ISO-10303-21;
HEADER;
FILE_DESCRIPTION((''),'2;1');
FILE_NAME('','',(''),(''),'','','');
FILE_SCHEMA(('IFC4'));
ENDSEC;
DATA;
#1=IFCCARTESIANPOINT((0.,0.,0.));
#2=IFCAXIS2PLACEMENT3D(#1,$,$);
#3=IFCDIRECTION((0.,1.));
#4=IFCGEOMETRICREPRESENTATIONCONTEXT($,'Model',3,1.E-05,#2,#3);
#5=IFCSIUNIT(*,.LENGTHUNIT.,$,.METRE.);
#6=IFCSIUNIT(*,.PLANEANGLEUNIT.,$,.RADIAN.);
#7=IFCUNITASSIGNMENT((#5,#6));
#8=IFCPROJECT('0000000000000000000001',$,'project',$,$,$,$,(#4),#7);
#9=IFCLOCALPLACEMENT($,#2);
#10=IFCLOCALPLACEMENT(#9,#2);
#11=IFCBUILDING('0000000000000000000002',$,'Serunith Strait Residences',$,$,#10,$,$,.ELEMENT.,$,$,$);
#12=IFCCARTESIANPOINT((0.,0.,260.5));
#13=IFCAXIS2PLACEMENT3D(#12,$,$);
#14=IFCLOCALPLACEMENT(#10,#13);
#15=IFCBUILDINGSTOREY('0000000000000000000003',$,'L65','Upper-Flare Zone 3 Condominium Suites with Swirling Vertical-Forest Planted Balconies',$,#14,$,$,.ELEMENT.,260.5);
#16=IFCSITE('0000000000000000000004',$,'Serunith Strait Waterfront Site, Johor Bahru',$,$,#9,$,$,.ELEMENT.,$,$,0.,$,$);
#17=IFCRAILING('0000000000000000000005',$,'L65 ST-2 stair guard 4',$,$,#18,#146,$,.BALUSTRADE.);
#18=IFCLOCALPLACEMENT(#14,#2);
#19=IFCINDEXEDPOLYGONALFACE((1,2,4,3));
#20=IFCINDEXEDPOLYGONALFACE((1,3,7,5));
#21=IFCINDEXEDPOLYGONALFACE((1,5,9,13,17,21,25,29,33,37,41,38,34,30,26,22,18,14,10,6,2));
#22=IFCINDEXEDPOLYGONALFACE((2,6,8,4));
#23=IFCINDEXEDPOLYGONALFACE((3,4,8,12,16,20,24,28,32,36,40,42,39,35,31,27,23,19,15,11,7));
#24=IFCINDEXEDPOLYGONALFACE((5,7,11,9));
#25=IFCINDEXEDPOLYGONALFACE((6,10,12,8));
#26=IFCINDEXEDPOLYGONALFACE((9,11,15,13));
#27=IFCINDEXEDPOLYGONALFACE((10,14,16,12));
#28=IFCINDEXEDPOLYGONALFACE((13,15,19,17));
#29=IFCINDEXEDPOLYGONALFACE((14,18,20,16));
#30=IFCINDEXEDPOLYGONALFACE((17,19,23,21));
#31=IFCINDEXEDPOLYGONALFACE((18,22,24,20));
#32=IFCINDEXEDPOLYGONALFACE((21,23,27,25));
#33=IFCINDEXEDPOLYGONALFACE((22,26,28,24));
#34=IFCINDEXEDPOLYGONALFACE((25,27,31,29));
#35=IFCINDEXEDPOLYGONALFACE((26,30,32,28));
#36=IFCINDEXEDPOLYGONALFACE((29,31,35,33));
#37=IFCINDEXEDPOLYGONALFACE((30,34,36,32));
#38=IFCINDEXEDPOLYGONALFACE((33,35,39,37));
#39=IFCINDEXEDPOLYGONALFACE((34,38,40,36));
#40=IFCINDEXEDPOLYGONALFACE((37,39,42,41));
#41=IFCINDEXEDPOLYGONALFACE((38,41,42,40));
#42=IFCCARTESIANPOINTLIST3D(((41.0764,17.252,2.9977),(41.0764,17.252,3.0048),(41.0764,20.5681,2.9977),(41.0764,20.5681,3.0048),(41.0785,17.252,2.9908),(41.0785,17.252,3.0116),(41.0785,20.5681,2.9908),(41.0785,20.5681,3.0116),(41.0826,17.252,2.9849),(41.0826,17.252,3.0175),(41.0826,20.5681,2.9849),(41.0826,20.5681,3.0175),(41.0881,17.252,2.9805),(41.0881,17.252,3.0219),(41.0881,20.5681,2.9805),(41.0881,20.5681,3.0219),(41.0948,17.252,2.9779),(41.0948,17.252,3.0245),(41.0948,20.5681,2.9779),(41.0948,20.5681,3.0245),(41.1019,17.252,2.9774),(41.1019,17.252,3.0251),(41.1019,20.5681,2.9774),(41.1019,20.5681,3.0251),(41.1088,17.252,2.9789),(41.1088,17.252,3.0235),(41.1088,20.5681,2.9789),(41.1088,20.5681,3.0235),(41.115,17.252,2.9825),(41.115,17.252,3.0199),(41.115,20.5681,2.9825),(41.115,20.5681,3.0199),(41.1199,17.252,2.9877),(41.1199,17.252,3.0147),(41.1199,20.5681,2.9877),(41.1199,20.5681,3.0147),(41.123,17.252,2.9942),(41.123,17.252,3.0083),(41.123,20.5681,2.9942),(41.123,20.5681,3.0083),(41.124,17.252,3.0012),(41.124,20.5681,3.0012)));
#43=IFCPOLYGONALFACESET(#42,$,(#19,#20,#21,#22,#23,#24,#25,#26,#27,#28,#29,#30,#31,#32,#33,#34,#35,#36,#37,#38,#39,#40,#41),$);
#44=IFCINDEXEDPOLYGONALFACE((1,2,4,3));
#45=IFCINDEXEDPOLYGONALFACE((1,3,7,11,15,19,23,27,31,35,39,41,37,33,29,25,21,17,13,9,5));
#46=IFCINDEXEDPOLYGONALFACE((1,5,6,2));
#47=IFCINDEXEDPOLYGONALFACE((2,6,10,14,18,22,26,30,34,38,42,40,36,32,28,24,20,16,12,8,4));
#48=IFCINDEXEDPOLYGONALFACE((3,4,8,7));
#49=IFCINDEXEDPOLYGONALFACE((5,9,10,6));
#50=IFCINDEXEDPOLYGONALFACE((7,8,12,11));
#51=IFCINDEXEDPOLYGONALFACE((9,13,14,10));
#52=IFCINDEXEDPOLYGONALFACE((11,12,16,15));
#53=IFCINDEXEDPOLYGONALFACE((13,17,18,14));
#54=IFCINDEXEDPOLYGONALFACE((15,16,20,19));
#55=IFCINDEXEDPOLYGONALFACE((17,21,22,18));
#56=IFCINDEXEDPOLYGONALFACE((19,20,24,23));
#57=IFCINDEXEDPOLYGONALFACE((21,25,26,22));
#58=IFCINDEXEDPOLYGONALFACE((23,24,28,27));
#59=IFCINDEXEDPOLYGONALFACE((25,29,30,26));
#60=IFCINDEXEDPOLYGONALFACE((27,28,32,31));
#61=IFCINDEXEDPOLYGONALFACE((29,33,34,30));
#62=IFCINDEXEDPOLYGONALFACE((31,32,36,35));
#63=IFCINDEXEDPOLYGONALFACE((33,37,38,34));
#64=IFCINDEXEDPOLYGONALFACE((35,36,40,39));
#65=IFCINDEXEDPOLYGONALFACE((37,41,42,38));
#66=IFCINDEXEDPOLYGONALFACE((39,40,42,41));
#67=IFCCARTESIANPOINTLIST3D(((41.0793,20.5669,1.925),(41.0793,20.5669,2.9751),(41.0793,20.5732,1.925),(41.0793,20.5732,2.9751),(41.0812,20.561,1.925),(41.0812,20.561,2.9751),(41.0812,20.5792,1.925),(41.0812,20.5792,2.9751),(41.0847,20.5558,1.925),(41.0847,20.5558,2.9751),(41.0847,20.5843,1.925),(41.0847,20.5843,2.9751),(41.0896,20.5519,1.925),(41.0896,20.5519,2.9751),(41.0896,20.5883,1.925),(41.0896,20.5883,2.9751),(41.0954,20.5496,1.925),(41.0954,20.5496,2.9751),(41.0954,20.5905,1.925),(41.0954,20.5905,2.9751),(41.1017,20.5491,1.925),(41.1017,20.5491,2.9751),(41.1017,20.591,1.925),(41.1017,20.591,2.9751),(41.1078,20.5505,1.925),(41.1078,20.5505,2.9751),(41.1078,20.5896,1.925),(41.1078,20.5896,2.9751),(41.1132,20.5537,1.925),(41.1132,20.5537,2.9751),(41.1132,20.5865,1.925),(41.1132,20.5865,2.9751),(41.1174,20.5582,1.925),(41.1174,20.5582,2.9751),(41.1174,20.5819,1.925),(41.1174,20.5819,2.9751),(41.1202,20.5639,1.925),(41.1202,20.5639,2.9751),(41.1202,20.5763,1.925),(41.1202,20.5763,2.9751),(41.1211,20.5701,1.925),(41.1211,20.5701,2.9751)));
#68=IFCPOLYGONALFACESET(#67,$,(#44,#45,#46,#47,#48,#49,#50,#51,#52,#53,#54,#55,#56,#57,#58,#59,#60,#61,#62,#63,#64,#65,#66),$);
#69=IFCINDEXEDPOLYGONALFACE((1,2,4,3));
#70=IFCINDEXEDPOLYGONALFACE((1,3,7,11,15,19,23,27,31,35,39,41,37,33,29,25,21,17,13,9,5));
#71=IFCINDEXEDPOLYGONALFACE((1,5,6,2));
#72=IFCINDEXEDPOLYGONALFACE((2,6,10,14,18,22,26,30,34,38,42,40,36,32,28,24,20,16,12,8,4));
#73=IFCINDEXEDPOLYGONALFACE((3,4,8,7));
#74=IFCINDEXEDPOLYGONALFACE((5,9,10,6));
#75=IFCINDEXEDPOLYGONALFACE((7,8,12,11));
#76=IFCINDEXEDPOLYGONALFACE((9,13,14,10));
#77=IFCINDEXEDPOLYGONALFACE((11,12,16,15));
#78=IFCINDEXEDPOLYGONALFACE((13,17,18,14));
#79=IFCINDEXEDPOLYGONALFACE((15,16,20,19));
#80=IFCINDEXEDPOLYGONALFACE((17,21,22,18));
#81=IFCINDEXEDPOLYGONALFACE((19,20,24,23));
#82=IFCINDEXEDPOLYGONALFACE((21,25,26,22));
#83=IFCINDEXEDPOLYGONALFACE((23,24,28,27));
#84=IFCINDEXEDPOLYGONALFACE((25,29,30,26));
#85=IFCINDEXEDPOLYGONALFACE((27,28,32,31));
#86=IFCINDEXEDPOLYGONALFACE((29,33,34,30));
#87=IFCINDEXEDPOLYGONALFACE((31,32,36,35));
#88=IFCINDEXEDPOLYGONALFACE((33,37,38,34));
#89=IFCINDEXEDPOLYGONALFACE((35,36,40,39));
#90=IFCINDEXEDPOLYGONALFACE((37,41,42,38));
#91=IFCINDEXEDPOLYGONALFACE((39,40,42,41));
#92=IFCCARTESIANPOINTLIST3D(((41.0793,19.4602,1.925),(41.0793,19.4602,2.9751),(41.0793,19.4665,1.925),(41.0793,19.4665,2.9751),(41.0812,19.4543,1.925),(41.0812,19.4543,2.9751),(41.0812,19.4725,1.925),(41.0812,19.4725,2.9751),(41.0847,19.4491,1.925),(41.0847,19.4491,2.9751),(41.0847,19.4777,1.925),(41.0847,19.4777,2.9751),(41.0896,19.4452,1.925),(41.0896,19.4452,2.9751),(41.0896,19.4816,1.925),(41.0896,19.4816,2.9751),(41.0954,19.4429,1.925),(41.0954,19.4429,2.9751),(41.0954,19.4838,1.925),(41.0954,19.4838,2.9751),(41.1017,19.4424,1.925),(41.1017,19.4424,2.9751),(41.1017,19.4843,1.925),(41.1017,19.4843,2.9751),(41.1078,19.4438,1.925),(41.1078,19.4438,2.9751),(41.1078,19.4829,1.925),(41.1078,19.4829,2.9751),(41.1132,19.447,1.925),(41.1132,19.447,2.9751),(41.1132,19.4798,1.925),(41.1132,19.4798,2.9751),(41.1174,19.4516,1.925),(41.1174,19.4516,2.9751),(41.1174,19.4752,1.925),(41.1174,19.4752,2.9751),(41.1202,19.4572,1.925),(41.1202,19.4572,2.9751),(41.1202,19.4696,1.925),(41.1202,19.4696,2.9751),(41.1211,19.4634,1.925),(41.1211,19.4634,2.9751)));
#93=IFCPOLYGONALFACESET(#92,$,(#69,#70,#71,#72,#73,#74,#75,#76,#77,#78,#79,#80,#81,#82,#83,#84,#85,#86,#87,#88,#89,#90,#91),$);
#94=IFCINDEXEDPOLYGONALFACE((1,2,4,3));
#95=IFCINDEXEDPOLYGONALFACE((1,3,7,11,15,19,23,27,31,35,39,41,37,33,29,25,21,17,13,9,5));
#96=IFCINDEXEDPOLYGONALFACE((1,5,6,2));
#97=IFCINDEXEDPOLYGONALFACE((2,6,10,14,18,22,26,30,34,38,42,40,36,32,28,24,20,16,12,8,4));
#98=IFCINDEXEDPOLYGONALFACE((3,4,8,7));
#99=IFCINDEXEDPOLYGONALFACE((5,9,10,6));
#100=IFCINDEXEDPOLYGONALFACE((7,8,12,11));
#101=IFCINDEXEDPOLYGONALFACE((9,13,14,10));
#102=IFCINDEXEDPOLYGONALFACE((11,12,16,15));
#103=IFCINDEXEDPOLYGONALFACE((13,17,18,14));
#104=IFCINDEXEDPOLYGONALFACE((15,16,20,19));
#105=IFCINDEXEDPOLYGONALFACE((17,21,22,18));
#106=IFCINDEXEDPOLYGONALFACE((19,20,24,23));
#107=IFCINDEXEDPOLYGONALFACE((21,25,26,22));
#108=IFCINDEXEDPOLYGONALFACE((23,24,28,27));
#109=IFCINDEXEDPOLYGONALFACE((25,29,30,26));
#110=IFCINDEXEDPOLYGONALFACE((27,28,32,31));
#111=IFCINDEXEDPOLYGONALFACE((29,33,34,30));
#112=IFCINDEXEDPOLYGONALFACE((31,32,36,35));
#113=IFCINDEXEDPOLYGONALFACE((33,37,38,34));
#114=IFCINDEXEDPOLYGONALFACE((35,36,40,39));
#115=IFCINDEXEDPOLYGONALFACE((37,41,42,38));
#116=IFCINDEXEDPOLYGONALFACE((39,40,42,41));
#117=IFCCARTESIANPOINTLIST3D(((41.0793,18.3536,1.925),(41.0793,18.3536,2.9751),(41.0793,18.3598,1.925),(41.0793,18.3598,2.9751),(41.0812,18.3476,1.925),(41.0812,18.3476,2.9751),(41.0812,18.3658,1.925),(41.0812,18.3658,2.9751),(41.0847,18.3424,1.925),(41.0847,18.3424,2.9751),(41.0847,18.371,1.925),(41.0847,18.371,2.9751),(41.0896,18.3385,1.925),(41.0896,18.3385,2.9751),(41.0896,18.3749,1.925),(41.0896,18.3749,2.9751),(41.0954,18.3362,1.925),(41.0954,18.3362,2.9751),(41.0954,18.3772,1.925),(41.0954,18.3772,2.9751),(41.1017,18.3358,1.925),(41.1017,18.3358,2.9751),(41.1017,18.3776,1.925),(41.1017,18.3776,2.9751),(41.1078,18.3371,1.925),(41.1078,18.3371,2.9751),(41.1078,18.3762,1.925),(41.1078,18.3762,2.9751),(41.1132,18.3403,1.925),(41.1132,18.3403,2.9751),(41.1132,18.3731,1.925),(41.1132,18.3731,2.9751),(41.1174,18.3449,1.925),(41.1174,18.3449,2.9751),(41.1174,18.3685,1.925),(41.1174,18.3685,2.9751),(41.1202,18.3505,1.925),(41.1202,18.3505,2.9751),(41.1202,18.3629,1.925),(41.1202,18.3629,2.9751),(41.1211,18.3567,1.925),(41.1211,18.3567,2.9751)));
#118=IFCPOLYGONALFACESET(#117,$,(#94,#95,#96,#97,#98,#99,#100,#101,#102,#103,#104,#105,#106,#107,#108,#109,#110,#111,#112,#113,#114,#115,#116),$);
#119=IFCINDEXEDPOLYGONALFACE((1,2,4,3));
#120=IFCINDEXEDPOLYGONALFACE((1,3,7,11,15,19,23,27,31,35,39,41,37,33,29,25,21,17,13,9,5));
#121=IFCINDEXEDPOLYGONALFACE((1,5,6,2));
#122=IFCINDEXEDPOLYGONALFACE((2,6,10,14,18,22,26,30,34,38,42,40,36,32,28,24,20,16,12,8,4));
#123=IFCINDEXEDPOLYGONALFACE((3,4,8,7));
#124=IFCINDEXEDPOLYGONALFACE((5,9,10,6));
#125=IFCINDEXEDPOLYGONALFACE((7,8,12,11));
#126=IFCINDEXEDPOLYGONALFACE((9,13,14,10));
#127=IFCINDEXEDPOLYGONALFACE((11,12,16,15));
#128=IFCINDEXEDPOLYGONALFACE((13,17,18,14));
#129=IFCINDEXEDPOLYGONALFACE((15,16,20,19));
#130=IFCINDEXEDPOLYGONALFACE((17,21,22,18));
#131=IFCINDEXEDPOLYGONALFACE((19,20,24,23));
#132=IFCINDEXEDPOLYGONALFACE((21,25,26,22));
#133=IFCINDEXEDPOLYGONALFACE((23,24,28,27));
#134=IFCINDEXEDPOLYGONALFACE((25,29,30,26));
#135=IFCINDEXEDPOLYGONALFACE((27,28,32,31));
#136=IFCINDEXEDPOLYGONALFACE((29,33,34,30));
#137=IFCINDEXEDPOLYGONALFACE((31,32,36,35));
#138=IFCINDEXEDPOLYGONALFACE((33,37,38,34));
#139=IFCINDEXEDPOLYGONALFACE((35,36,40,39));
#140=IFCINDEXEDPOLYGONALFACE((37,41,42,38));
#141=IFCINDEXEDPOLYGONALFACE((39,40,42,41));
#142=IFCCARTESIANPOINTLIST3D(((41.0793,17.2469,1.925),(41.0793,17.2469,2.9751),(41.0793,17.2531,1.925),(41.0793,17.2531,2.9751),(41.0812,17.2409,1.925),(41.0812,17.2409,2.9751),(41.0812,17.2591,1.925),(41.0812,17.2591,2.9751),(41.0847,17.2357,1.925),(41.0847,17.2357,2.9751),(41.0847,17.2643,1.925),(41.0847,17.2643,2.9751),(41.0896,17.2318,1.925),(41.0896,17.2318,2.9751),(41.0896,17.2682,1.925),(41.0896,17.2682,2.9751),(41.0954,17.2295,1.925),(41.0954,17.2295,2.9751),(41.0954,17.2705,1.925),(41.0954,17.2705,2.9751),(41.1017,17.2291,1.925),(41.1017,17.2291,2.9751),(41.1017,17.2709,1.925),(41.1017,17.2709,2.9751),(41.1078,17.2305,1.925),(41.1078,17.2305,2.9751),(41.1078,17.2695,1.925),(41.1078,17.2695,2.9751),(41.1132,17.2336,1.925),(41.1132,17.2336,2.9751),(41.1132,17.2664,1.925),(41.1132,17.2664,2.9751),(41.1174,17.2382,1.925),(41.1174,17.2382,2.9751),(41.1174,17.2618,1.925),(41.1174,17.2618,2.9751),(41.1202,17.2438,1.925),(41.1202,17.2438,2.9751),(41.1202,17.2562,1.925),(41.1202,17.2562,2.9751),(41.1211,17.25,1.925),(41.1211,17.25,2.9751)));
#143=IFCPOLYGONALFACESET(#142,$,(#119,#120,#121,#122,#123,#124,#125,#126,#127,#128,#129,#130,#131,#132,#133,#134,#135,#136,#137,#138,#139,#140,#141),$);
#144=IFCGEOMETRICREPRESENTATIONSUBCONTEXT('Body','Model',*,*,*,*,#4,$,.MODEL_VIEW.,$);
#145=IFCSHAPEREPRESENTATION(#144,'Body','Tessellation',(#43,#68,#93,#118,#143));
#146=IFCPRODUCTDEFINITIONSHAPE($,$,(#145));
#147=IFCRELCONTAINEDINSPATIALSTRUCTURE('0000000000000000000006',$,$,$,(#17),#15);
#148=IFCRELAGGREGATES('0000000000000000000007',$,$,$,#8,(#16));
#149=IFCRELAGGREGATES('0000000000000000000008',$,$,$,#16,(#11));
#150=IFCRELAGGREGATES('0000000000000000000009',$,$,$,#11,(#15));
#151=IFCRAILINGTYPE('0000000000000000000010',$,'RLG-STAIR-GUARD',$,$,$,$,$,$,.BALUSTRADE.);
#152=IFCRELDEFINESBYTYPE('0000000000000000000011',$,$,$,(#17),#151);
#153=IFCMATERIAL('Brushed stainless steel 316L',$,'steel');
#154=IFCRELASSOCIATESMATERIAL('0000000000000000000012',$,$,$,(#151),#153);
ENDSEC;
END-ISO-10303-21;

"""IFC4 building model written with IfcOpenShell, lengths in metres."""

from ifc_helpers import new_model, si_unit, direction, frame, origin, origin_2d, place, context, subcontext, project, spatial, circle, extrude, material, type_object, element, save


model = new_model("IFC4")

# Units and contexts
model_context = context("Model", 3, precision=1e-05, world=origin(), true_north=direction((0.0, 1.0)))
body_context = subcontext(model_context, "Body", "Model", "MODEL_VIEW")
ifc_project = project(units=[si_unit("LENGTHUNIT", "METRE"), si_unit("PLANEANGLEUNIT", "RADIAN")], contexts=[model_context])

# Site, building, storey
site_placement = place(None, origin())
site = spatial("IfcSite", under=ifc_project, at=site_placement, Name="Serunith Strait Waterfront Site, Johor Bahru", CompositionType="ELEMENT", RefElevation=0.0)
building_placement = place(site_placement, origin())
building = spatial("IfcBuilding", under=site, at=building_placement, Name="Serunith Strait Residences", CompositionType="ELEMENT")
storey_placement = place(building_placement, frame((0.0, 0.0, 260.5)))
storey = spatial("IfcBuildingStorey", under=building, at=storey_placement, Name="L65", Description="Upper-Flare Zone 3 Condominium Suites with Swirling Vertical-Forest Planted Balconies", CompositionType="ELEMENT", Elevation=260.5)

# Railing
ifc_material_1 = material(Name="Brushed stainless steel 316L", Category="steel")
railing_type_1 = type_object("IfcRailingType", Name="RLG-STAIR-GUARD", PredefinedType="BALUSTRADE", material=ifc_material_1)
for number, where, name in (
    (1, (41.1001, 20.5701, 1.925), "L65 ST-2 stair guard 4"),
):
    element("IfcRailing", number, at=place(storey_placement, frame(where)), inside=storey, type_object=railing_type_1, Name=name, PredefinedType="BALUSTRADE", context=body_context, shape_type="SweptSolid", body=[
        extrude(circle(Radius=0.0239, at=origin_2d()), frame((0.0, -0.002, 1.0762), z_axis=(0.0, -1.0, 0.0), x_axis=(1.0, 0.0, 0.0)), (0.0, 0.0, 1.0), 3.3162),
        extrude(circle(Radius=0.021, at=origin_2d()), origin(), (0.0, 0.0, 1.0), 1.05),
        extrude(circle(Radius=0.021, at=origin_2d()), frame((0.0, -1.1067, 0.0)), (0.0, 0.0, 1.0), 1.05),
        extrude(circle(Radius=0.021, at=origin_2d()), frame((0.0, -2.2134, 0.0)), (0.0, 0.0, 1.0), 1.05),
        extrude(circle(Radius=0.021, at=origin_2d()), frame((0.0, -3.3201, 0.0)), (0.0, 0.0, 1.0), 1.05),
    ])

save(model, "model.ifc")
